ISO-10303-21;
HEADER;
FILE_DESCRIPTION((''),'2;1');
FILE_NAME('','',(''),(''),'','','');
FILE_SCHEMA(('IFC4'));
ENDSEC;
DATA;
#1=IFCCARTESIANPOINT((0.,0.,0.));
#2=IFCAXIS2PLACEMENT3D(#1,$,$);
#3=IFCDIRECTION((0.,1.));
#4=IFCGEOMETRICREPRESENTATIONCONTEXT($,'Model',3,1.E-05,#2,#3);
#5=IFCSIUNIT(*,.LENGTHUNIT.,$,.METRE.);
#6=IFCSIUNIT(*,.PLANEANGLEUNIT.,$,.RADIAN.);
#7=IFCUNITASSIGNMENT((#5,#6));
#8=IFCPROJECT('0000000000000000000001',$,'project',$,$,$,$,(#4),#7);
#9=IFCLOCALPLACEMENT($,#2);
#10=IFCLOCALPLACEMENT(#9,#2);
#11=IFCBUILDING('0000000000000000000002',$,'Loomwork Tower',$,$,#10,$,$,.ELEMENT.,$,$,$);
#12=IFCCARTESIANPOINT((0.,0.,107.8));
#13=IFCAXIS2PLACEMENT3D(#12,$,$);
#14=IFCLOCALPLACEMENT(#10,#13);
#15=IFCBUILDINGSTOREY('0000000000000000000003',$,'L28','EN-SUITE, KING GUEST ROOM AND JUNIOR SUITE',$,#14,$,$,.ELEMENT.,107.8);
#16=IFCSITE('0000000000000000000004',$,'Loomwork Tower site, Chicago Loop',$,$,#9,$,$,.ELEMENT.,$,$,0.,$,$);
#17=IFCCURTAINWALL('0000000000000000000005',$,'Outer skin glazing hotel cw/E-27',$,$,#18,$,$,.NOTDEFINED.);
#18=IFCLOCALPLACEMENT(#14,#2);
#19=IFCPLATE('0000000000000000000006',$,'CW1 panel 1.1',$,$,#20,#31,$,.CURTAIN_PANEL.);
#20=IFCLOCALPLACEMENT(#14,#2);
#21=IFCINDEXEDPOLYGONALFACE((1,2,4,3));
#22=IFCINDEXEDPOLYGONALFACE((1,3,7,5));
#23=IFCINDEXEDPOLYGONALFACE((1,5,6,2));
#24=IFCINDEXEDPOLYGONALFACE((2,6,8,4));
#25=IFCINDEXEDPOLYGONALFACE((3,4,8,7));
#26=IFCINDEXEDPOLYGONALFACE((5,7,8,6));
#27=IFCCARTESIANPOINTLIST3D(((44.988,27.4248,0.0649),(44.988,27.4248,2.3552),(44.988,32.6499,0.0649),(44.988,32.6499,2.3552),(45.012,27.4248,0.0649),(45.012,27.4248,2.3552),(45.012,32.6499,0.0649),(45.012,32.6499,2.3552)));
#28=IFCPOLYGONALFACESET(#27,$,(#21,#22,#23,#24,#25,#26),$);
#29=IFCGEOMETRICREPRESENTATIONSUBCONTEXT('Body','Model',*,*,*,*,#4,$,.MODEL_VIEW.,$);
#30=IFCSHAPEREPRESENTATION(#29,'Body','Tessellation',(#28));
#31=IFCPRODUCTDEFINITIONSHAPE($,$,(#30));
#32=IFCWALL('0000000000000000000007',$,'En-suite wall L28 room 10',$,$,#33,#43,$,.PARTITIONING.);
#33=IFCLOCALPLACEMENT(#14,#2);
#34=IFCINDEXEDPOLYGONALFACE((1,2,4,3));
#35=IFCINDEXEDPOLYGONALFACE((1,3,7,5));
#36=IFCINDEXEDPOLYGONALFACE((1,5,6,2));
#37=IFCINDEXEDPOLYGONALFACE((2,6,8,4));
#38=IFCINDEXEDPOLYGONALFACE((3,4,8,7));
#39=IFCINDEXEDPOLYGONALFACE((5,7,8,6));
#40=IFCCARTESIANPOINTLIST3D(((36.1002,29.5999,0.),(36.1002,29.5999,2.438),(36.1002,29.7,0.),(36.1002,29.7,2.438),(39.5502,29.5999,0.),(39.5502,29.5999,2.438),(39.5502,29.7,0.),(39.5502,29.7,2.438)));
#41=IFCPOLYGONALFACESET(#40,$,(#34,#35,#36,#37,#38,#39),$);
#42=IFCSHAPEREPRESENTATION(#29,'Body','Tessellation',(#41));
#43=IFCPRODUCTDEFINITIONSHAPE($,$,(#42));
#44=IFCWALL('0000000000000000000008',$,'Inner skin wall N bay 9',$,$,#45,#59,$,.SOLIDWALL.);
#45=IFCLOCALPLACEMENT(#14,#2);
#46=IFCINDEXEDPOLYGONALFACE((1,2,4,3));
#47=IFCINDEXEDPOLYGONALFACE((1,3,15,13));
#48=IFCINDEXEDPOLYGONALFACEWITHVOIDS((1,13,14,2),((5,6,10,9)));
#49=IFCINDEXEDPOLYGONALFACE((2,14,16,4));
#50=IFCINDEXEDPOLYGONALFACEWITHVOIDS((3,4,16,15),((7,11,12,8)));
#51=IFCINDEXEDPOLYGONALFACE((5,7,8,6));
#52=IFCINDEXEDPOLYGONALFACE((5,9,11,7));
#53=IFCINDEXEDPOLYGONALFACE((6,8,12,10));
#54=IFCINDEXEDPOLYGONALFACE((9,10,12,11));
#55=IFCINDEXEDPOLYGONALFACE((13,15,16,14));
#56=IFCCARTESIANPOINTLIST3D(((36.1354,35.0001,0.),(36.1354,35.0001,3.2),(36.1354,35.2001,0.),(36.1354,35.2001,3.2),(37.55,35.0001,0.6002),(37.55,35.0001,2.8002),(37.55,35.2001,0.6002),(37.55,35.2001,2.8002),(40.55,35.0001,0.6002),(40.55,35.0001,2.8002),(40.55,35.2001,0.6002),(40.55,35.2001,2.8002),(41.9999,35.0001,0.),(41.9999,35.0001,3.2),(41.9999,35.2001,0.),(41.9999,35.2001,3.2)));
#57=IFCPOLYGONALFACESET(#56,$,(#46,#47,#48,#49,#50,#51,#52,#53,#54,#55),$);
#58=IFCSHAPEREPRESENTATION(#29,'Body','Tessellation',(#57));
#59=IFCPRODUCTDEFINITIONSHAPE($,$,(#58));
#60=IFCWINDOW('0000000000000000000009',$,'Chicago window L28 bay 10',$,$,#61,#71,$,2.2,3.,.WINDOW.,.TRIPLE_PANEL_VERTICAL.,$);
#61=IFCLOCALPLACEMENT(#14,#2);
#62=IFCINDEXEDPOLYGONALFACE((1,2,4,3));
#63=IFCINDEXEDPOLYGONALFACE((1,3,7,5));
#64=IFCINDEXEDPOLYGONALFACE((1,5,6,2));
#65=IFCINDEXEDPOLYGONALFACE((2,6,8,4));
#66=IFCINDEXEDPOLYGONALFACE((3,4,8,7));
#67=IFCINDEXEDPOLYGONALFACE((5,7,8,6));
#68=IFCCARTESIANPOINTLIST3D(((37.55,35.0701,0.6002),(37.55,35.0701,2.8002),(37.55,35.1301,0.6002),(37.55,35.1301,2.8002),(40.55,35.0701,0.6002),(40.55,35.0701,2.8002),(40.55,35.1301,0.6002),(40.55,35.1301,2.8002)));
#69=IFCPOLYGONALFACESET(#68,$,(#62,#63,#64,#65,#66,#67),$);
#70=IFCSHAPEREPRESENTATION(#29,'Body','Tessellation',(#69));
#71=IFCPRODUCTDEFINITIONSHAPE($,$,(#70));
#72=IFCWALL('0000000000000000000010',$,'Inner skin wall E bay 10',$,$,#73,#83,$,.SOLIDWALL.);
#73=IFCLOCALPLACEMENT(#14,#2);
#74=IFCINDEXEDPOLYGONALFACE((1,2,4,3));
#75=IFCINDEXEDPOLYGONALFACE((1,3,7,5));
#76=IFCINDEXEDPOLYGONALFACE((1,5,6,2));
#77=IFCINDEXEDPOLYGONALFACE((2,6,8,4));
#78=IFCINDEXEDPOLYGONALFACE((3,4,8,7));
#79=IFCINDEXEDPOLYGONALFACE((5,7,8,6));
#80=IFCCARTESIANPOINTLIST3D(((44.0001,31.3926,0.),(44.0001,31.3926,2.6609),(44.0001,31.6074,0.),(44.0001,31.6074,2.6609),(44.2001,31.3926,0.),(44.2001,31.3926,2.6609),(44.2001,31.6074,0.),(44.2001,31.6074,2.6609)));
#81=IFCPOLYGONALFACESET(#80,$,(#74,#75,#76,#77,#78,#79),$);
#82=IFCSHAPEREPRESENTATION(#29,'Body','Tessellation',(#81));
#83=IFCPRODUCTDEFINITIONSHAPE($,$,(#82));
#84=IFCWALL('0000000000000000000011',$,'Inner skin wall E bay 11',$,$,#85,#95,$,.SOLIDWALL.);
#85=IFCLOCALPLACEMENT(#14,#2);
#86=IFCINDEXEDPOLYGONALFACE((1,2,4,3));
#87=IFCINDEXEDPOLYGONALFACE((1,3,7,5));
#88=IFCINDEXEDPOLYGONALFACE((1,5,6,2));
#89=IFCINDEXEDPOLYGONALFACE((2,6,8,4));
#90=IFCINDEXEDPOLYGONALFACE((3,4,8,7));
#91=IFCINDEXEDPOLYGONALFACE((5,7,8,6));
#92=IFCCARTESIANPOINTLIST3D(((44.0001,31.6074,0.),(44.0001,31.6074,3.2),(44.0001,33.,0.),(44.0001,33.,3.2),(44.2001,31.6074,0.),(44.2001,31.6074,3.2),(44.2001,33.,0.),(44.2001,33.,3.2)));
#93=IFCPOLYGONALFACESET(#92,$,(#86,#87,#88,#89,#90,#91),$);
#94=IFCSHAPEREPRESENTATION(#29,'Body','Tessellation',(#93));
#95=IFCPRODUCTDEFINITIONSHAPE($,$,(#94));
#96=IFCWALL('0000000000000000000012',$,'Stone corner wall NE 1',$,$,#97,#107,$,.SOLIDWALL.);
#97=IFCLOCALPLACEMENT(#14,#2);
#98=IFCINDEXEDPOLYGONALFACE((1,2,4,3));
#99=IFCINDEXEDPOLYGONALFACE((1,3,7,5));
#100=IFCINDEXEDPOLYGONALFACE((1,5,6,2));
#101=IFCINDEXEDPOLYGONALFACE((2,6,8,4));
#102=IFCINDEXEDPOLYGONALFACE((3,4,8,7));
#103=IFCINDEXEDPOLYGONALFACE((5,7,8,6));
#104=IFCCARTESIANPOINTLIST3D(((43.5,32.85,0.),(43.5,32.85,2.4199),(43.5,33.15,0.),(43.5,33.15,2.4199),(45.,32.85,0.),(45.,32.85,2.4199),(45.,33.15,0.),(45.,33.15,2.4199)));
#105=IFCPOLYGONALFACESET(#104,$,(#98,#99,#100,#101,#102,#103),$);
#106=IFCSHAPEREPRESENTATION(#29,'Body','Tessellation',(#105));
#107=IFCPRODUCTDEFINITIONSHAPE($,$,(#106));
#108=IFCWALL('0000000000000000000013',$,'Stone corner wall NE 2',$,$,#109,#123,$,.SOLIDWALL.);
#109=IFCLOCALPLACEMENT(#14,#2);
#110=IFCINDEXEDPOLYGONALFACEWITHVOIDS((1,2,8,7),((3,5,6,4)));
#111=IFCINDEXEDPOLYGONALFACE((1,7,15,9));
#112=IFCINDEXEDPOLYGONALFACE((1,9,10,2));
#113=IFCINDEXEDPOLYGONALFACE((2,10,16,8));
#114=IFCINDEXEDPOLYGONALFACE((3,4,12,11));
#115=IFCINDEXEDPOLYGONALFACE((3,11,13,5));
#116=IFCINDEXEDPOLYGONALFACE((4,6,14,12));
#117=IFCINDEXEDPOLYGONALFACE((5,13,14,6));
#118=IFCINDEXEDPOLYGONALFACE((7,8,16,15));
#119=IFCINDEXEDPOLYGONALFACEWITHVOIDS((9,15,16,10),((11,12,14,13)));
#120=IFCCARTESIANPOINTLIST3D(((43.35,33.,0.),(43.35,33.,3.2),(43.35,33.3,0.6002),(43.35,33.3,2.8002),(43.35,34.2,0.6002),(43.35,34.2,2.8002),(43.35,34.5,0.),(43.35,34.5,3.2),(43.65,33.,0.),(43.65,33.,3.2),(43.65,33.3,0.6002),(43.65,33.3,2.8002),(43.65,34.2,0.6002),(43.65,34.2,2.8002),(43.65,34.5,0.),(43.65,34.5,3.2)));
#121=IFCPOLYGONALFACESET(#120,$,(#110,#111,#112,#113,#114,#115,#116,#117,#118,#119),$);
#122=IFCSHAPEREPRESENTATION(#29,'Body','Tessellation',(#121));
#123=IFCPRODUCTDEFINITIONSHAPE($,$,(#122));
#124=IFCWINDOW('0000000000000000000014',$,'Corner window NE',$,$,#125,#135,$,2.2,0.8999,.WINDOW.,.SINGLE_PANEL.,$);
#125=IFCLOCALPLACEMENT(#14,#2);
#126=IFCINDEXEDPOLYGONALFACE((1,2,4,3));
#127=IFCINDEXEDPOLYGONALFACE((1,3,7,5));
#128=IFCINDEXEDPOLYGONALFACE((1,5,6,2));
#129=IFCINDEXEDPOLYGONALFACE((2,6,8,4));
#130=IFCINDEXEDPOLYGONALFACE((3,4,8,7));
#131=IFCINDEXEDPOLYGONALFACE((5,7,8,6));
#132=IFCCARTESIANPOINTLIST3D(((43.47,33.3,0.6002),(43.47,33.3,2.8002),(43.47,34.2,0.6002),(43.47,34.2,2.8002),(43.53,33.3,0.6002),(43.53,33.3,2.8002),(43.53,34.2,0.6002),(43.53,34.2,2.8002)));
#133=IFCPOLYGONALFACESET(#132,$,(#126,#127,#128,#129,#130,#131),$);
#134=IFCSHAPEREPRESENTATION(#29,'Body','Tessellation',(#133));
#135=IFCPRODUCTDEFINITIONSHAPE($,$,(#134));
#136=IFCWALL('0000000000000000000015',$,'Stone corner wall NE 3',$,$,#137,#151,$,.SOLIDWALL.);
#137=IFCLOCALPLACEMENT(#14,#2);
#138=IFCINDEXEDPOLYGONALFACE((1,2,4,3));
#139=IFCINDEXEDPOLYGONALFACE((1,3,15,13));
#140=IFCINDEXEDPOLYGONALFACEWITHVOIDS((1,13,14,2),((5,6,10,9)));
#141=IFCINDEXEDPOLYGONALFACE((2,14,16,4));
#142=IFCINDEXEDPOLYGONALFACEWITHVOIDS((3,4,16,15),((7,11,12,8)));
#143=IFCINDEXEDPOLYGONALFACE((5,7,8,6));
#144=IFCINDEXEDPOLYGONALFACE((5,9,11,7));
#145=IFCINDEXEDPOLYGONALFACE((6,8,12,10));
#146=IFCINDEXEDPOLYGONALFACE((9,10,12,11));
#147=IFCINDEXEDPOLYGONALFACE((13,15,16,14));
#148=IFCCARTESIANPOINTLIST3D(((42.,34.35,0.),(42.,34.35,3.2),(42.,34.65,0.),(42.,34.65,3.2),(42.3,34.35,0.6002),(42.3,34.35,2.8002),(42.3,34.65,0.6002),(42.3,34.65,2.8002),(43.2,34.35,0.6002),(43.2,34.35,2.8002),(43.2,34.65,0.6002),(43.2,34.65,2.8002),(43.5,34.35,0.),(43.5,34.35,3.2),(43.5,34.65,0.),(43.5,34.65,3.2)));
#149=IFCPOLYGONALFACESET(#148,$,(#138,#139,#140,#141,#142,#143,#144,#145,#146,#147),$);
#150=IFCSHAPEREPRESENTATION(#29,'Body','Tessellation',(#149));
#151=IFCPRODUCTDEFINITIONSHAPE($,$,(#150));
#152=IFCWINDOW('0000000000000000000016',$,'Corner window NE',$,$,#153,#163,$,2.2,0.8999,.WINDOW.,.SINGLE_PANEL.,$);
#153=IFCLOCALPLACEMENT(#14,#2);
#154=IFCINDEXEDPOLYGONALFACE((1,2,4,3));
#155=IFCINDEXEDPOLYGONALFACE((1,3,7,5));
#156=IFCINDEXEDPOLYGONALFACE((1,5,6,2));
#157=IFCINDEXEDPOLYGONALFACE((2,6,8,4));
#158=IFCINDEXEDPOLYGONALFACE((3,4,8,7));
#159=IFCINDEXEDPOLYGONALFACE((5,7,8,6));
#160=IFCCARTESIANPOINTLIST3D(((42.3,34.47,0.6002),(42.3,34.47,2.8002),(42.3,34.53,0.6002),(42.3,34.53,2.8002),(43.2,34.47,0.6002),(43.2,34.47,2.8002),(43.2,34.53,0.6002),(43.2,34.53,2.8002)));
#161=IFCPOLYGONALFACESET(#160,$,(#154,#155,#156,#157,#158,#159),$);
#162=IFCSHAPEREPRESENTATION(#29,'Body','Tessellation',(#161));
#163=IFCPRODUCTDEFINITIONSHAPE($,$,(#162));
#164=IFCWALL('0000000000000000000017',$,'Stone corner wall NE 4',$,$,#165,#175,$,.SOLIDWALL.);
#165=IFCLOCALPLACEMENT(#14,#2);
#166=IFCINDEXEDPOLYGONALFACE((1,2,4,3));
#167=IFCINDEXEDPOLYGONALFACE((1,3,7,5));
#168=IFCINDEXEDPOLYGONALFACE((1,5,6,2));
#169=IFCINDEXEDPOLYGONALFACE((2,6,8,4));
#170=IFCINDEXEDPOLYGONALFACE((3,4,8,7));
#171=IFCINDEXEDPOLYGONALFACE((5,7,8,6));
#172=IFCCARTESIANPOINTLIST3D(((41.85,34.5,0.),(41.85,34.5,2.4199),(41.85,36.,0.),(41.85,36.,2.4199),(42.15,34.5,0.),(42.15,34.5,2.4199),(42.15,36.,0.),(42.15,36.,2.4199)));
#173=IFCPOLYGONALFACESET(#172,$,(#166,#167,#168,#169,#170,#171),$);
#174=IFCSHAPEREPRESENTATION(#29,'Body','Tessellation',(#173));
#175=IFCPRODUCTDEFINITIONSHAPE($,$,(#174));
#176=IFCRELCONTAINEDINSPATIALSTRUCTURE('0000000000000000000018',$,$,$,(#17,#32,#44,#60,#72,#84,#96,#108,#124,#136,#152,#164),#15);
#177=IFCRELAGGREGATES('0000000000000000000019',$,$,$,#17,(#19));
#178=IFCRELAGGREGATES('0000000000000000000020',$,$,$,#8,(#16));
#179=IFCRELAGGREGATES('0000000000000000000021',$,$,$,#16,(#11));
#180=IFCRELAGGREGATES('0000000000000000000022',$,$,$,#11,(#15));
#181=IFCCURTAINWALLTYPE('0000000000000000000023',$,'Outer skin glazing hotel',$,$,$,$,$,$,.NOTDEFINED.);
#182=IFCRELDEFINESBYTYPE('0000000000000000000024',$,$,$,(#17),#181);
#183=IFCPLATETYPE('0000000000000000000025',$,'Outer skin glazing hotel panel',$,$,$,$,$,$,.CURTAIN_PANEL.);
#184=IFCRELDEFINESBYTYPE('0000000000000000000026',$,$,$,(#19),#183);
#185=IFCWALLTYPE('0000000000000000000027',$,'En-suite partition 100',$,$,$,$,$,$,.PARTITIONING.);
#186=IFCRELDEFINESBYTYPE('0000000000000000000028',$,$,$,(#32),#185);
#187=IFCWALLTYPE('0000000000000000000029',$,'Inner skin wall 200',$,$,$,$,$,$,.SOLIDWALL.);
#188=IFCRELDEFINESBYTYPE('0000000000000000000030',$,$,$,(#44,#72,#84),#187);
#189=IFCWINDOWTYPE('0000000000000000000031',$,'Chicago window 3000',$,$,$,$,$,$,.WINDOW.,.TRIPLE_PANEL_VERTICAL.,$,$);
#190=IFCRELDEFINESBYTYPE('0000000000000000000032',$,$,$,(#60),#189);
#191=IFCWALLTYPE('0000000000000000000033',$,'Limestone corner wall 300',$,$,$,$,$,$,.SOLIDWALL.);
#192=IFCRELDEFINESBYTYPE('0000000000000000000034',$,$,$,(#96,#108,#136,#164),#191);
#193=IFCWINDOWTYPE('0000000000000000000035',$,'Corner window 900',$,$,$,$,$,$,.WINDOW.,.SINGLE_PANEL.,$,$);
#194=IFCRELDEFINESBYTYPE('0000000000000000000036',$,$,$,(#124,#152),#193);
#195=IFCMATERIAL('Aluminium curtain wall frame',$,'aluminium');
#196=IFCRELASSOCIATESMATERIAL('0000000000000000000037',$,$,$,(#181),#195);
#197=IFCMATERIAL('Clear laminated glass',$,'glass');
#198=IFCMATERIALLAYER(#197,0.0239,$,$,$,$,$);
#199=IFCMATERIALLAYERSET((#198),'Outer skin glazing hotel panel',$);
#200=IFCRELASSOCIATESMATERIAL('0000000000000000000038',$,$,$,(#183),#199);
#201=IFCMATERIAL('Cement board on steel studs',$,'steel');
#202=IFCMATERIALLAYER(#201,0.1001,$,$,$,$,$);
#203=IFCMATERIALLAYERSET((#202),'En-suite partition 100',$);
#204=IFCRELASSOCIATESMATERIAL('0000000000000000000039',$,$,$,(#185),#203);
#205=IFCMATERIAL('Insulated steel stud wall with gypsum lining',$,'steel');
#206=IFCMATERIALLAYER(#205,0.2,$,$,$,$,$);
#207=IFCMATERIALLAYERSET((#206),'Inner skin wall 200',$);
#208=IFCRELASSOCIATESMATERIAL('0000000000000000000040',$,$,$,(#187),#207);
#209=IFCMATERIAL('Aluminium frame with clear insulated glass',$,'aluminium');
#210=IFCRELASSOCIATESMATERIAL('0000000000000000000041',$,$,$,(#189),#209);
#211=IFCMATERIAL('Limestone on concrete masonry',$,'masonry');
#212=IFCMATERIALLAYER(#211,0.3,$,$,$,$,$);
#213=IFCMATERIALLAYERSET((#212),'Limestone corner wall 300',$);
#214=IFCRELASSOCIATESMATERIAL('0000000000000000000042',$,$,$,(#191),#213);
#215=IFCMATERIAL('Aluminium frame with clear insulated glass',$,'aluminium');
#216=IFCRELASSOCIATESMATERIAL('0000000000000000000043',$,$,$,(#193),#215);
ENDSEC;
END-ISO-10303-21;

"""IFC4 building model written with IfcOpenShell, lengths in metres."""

from ifc_helpers import new_model, si_unit, direction, frame, frame_2d, origin, origin_2d, place, context, subcontext, project, spatial, rectangle, extrude, material, layer, layer_set, type_object, element, fill, aggregate, save


model = new_model("IFC4")

# Units and contexts
model_context = context("Model", 3, precision=1e-05, world=origin(), true_north=direction((0.0, 1.0)))
body_context = subcontext(model_context, "Body", "Model", "MODEL_VIEW")
ifc_project = project(units=[si_unit("LENGTHUNIT", "METRE"), si_unit("PLANEANGLEUNIT", "RADIAN")], contexts=[model_context])

# Site, building, storey
site_placement = place(None, origin())
site = spatial("IfcSite", under=ifc_project, at=site_placement, Name="Loomwork Tower site, Chicago Loop", CompositionType="ELEMENT", RefElevation=0.0)
building_placement = place(site_placement, origin())
building = spatial("IfcBuilding", under=site, at=building_placement, Name="Loomwork Tower", CompositionType="ELEMENT")
storey_placement = place(building_placement, frame((0.0, 0.0, 107.8)))
storey = spatial("IfcBuildingStorey", under=building, at=storey_placement, Name="L28", Description="EN-SUITE, KING GUEST ROOM AND JUNIOR SUITE", CompositionType="ELEMENT", Elevation=107.8)

# Curtain wall
ifc_material_1 = material(Name="Aluminium curtain wall frame", Category="aluminium")
curtain_wall_type = type_object("IfcCurtainWallType", Name="Outer skin glazing hotel", PredefinedType="NOTDEFINED", material=ifc_material_1)
curtain_wall_1_placement = place(storey_placement, origin())
curtain_wall_1 = element("IfcCurtainWall", 1, at=curtain_wall_1_placement, inside=storey, type_object=curtain_wall_type, Name="Outer skin glazing hotel cw/E-27", PredefinedType="NOTDEFINED")

# Plate
ifc_material_2 = material(Name="Clear laminated glass", Category="glass")
ifc_layer_1 = layer(ifc_material_2, 0.0239)
ifc_layer_set_1 = layer_set([ifc_layer_1], Name="Outer skin glazing hotel panel")
plate_type = type_object("IfcPlateType", Name="Outer skin glazing hotel panel", PredefinedType="CURTAIN_PANEL", material=ifc_layer_set_1)
plate_1_placement = place(storey_placement, frame((45.0, 30.0374, 0.0649), z_axis=(0.0, 0.0, 1.0), x_axis=(0.0, 1.0, 0.0)))
plate_1 = element("IfcPlate", 2, at=plate_1_placement, type_object=plate_type, Name="CW1 panel 1.1", PredefinedType="CURTAIN_PANEL", context=body_context, shape_type="SweptSolid", body=[
    extrude(rectangle(XDim=5.2251, YDim=0.0239, at=origin_2d()), origin(), (0.0, 0.0, 1.0), 2.2903),
])
aggregate(curtain_wall_1, [plate_1])

# Wall
ifc_material_3 = material(Name="Cement board on steel studs", Category="steel")
ifc_layer_2 = layer(ifc_material_3, 0.1001)
ifc_layer_set_2 = layer_set([ifc_layer_2], Name="En-suite partition 100")
wall_type_1 = type_object("IfcWallType", Name="En-suite partition 100", PredefinedType="PARTITIONING", material=ifc_layer_set_2)
wall_1_placement = place(storey_placement, frame((36.1001, 29.6499, 0.0), z_axis=(0.0, 0.0, 1.0), x_axis=(1.0, 0.0, 0.0)))
element("IfcWall", 3, at=wall_1_placement, inside=storey, type_object=wall_type_1, Name="En-suite wall L28 room 10", PredefinedType="PARTITIONING", context=body_context, shape_type="SweptSolid", body=[
    extrude(rectangle(XDim=3.45, YDim=0.1001, at=frame_2d((1.7251, 0.0))), origin(), (0.0, 0.0, 1.0), 2.438),
])

# Wall, opening, window
ifc_material_4 = material(Name="Insulated steel stud wall with gypsum lining", Category="steel")
ifc_layer_3 = layer(ifc_material_4, 0.2)
ifc_layer_set_3 = layer_set([ifc_layer_3], Name="Inner skin wall 200")
wall_type_2 = type_object("IfcWallType", Name="Inner skin wall 200", PredefinedType="SOLIDWALL", material=ifc_layer_set_3)
wall_2_placement = place(storey_placement, frame((36.1355, 35.1001, 0.0), z_axis=(0.0, 0.0, 1.0), x_axis=(1.0, 0.0, 0.0)))
wall_2 = element("IfcWall", 4, at=wall_2_placement, inside=storey, type_object=wall_type_2, Name="Inner skin wall N bay 9", PredefinedType="SOLIDWALL", context=body_context, shape_type="SweptSolid", body=[
    extrude(rectangle(XDim=5.8645, YDim=0.2, at=frame_2d((2.9321, 0.0))), origin(), (0.0, 0.0, 1.0), 3.2),
])
opening_1_placement = place(wall_2_placement, frame((1.4146, 0.0, 0.6001)))
opening_1 = element("IfcOpeningElement", 5, at=opening_1_placement, cuts=wall_2, PredefinedType="OPENING", context=body_context, shape_type="SweptSolid", body=[
    extrude(rectangle(XDim=3.0, YDim=2.2, at=frame_2d((1.5, 1.1001))), frame((0.0, 0.1099, 0.0), z_axis=(0.0, -1.0, 0.0), x_axis=(1.0, 0.0, 0.0)), (0.0, 0.0, 1.0), 0.22),
])
ifc_material_5 = material(Name="Aluminium frame with clear insulated glass", Category="aluminium")
window_type_1 = type_object("IfcWindowType", Name="Chicago window 3000", PartitioningType="TRIPLE_PANEL_VERTICAL", PredefinedType="WINDOW", material=ifc_material_5)
window_1_placement = place(opening_1_placement, origin())
window_1 = element("IfcWindow", 6, at=window_1_placement, inside=storey, type_object=window_type_1, Name="Chicago window L28 bay 10", OverallHeight=2.2, OverallWidth=3.0, PartitioningType="TRIPLE_PANEL_VERTICAL", PredefinedType="WINDOW", context=body_context, shape_type="SweptSolid", body=[
    extrude(rectangle(XDim=3.0, YDim=2.2, at=frame_2d((1.5, 1.1001))), frame((0.0, 0.03, 0.0), z_axis=(0.0, -1.0, 0.0), x_axis=(1.0, 0.0, 0.0)), (0.0, 0.0, 1.0), 0.0601),
])
fill(opening_1, window_1)

# Walls
wall_3_placement = place(storey_placement, frame((44.1001, 31.3926, 0.0), z_axis=(0.0, 0.0, 1.0), x_axis=(0.0, 1.0, 0.0)))
element("IfcWall", 7, at=wall_3_placement, inside=storey, type_object=wall_type_2, Name="Inner skin wall E bay 10", PredefinedType="SOLIDWALL", context=body_context, shape_type="SweptSolid", body=[
    extrude(rectangle(XDim=0.2148, YDim=0.2, at=frame_2d((0.1074, 0.0))), origin(), (0.0, 0.0, 1.0), 2.6609),
])
wall_4_placement = place(storey_placement, frame((44.1001, 31.6074, 0.0), z_axis=(0.0, 0.0, 1.0), x_axis=(0.0, 1.0, 0.0)))
element("IfcWall", 8, at=wall_4_placement, inside=storey, type_object=wall_type_2, Name="Inner skin wall E bay 11", PredefinedType="SOLIDWALL", context=body_context, shape_type="SweptSolid", body=[
    extrude(rectangle(XDim=1.3926, YDim=0.2, at=frame_2d((0.6963, 0.0))), origin(), (0.0, 0.0, 1.0), 3.2),
])
ifc_material_6 = material(Name="Limestone on concrete masonry", Category="masonry")
ifc_layer_4 = layer(ifc_material_6, 0.3)
ifc_layer_set_4 = layer_set([ifc_layer_4], Name="Limestone corner wall 300")
wall_type_3 = type_object("IfcWallType", Name="Limestone corner wall 300", PredefinedType="SOLIDWALL", material=ifc_layer_set_4)
wall_5_placement = place(storey_placement, frame((45.0, 33.0, 0.0), z_axis=(0.0, 0.0, 1.0), x_axis=(-1.0, 0.0, 0.0)))
element("IfcWall", 9, at=wall_5_placement, inside=storey, type_object=wall_type_3, Name="Stone corner wall NE 1", PredefinedType="SOLIDWALL", context=body_context, shape_type="SweptSolid", body=[
    extrude(rectangle(XDim=1.5, YDim=0.3, at=frame_2d((0.75, 0.0))), origin(), (0.0, 0.0, 1.0), 2.4199),
])

# Walls, openings, windows
wall_6_placement = place(storey_placement, frame((43.5, 33.0, 0.0), z_axis=(0.0, 0.0, 1.0), x_axis=(0.0, 1.0, 0.0)))
wall_6 = element("IfcWall", 10, at=wall_6_placement, inside=storey, type_object=wall_type_3, Name="Stone corner wall NE 2", PredefinedType="SOLIDWALL", context=body_context, shape_type="SweptSolid", body=[
    extrude(rectangle(XDim=1.5, YDim=0.3, at=frame_2d((0.75, 0.0))), origin(), (0.0, 0.0, 1.0), 3.2),
])
opening_2_placement = place(wall_6_placement, frame((0.3, 0.0, 0.6001)))
opening_2 = element("IfcOpeningElement", 11, at=opening_2_placement, cuts=wall_6, PredefinedType="OPENING", context=body_context, shape_type="SweptSolid", body=[
    extrude(rectangle(XDim=0.8999, YDim=2.2, at=frame_2d((0.45, 1.1001))), frame((0.0, 0.1599, 0.0), z_axis=(0.0, -1.0, 0.0), x_axis=(1.0, 0.0, 0.0)), (0.0, 0.0, 1.0), 0.3201),
])
ifc_material_7 = material(Name="Aluminium frame with clear insulated glass", Category="aluminium")
window_type_2 = type_object("IfcWindowType", Name="Corner window 900", PartitioningType="SINGLE_PANEL", PredefinedType="WINDOW", material=ifc_material_7)
window_2_placement = place(opening_2_placement, origin())
window_2 = element("IfcWindow", 12, at=window_2_placement, inside=storey, type_object=window_type_2, Name="Corner window NE", OverallHeight=2.2, OverallWidth=0.8999, PartitioningType="SINGLE_PANEL", PredefinedType="WINDOW", context=body_context, shape_type="SweptSolid", body=[
    extrude(rectangle(XDim=0.8999, YDim=2.2, at=frame_2d((0.45, 1.1001))), frame((0.0, 0.03, 0.0), z_axis=(0.0, -1.0, 0.0), x_axis=(1.0, 0.0, 0.0)), (0.0, 0.0, 1.0), 0.0601),
])
fill(opening_2, window_2)
wall_7_placement = place(storey_placement, frame((43.5, 34.5, 0.0), z_axis=(0.0, 0.0, 1.0), x_axis=(-1.0, 0.0, 0.0)))
wall_7 = element("IfcWall", 13, at=wall_7_placement, inside=storey, type_object=wall_type_3, Name="Stone corner wall NE 3", PredefinedType="SOLIDWALL", context=body_context, shape_type="SweptSolid", body=[
    extrude(rectangle(XDim=1.5, YDim=0.3, at=frame_2d((0.75, 0.0))), origin(), (0.0, 0.0, 1.0), 3.2),
])
opening_3_placement = place(wall_7_placement, frame((0.3, 0.0, 0.6001)))
opening_3 = element("IfcOpeningElement", 14, at=opening_3_placement, cuts=wall_7, PredefinedType="OPENING", context=body_context, shape_type="SweptSolid", body=[
    extrude(rectangle(XDim=0.8999, YDim=2.2, at=frame_2d((0.45, 1.1001))), frame((0.0, 0.1599, 0.0), z_axis=(0.0, -1.0, 0.0), x_axis=(1.0, 0.0, 0.0)), (0.0, 0.0, 1.0), 0.3201),
])
window_3_placement = place(opening_3_placement, origin())
window_3 = element("IfcWindow", 15, at=window_3_placement, inside=storey, type_object=window_type_2, Name="Corner window NE", OverallHeight=2.2, OverallWidth=0.8999, PartitioningType="SINGLE_PANEL", PredefinedType="WINDOW", context=body_context, shape_type="SweptSolid", body=[
    extrude(rectangle(XDim=0.8999, YDim=2.2, at=frame_2d((0.45, 1.1001))), frame((0.0, 0.03, 0.0), z_axis=(0.0, -1.0, 0.0), x_axis=(1.0, 0.0, 0.0)), (0.0, 0.0, 1.0), 0.0601),
])
fill(opening_3, window_3)

# Wall
wall_8_placement = place(storey_placement, frame((42.0, 34.5, 0.0), z_axis=(0.0, 0.0, 1.0), x_axis=(0.0, 1.0, 0.0)))
element("IfcWall", 16, at=wall_8_placement, inside=storey, type_object=wall_type_3, Name="Stone corner wall NE 4", PredefinedType="SOLIDWALL", context=body_context, shape_type="SweptSolid", body=[
    extrude(rectangle(XDim=1.5, YDim=0.3, at=frame_2d((0.75, 0.0))), origin(), (0.0, 0.0, 1.0), 2.4199),
])

save(model, "model.ifc")
